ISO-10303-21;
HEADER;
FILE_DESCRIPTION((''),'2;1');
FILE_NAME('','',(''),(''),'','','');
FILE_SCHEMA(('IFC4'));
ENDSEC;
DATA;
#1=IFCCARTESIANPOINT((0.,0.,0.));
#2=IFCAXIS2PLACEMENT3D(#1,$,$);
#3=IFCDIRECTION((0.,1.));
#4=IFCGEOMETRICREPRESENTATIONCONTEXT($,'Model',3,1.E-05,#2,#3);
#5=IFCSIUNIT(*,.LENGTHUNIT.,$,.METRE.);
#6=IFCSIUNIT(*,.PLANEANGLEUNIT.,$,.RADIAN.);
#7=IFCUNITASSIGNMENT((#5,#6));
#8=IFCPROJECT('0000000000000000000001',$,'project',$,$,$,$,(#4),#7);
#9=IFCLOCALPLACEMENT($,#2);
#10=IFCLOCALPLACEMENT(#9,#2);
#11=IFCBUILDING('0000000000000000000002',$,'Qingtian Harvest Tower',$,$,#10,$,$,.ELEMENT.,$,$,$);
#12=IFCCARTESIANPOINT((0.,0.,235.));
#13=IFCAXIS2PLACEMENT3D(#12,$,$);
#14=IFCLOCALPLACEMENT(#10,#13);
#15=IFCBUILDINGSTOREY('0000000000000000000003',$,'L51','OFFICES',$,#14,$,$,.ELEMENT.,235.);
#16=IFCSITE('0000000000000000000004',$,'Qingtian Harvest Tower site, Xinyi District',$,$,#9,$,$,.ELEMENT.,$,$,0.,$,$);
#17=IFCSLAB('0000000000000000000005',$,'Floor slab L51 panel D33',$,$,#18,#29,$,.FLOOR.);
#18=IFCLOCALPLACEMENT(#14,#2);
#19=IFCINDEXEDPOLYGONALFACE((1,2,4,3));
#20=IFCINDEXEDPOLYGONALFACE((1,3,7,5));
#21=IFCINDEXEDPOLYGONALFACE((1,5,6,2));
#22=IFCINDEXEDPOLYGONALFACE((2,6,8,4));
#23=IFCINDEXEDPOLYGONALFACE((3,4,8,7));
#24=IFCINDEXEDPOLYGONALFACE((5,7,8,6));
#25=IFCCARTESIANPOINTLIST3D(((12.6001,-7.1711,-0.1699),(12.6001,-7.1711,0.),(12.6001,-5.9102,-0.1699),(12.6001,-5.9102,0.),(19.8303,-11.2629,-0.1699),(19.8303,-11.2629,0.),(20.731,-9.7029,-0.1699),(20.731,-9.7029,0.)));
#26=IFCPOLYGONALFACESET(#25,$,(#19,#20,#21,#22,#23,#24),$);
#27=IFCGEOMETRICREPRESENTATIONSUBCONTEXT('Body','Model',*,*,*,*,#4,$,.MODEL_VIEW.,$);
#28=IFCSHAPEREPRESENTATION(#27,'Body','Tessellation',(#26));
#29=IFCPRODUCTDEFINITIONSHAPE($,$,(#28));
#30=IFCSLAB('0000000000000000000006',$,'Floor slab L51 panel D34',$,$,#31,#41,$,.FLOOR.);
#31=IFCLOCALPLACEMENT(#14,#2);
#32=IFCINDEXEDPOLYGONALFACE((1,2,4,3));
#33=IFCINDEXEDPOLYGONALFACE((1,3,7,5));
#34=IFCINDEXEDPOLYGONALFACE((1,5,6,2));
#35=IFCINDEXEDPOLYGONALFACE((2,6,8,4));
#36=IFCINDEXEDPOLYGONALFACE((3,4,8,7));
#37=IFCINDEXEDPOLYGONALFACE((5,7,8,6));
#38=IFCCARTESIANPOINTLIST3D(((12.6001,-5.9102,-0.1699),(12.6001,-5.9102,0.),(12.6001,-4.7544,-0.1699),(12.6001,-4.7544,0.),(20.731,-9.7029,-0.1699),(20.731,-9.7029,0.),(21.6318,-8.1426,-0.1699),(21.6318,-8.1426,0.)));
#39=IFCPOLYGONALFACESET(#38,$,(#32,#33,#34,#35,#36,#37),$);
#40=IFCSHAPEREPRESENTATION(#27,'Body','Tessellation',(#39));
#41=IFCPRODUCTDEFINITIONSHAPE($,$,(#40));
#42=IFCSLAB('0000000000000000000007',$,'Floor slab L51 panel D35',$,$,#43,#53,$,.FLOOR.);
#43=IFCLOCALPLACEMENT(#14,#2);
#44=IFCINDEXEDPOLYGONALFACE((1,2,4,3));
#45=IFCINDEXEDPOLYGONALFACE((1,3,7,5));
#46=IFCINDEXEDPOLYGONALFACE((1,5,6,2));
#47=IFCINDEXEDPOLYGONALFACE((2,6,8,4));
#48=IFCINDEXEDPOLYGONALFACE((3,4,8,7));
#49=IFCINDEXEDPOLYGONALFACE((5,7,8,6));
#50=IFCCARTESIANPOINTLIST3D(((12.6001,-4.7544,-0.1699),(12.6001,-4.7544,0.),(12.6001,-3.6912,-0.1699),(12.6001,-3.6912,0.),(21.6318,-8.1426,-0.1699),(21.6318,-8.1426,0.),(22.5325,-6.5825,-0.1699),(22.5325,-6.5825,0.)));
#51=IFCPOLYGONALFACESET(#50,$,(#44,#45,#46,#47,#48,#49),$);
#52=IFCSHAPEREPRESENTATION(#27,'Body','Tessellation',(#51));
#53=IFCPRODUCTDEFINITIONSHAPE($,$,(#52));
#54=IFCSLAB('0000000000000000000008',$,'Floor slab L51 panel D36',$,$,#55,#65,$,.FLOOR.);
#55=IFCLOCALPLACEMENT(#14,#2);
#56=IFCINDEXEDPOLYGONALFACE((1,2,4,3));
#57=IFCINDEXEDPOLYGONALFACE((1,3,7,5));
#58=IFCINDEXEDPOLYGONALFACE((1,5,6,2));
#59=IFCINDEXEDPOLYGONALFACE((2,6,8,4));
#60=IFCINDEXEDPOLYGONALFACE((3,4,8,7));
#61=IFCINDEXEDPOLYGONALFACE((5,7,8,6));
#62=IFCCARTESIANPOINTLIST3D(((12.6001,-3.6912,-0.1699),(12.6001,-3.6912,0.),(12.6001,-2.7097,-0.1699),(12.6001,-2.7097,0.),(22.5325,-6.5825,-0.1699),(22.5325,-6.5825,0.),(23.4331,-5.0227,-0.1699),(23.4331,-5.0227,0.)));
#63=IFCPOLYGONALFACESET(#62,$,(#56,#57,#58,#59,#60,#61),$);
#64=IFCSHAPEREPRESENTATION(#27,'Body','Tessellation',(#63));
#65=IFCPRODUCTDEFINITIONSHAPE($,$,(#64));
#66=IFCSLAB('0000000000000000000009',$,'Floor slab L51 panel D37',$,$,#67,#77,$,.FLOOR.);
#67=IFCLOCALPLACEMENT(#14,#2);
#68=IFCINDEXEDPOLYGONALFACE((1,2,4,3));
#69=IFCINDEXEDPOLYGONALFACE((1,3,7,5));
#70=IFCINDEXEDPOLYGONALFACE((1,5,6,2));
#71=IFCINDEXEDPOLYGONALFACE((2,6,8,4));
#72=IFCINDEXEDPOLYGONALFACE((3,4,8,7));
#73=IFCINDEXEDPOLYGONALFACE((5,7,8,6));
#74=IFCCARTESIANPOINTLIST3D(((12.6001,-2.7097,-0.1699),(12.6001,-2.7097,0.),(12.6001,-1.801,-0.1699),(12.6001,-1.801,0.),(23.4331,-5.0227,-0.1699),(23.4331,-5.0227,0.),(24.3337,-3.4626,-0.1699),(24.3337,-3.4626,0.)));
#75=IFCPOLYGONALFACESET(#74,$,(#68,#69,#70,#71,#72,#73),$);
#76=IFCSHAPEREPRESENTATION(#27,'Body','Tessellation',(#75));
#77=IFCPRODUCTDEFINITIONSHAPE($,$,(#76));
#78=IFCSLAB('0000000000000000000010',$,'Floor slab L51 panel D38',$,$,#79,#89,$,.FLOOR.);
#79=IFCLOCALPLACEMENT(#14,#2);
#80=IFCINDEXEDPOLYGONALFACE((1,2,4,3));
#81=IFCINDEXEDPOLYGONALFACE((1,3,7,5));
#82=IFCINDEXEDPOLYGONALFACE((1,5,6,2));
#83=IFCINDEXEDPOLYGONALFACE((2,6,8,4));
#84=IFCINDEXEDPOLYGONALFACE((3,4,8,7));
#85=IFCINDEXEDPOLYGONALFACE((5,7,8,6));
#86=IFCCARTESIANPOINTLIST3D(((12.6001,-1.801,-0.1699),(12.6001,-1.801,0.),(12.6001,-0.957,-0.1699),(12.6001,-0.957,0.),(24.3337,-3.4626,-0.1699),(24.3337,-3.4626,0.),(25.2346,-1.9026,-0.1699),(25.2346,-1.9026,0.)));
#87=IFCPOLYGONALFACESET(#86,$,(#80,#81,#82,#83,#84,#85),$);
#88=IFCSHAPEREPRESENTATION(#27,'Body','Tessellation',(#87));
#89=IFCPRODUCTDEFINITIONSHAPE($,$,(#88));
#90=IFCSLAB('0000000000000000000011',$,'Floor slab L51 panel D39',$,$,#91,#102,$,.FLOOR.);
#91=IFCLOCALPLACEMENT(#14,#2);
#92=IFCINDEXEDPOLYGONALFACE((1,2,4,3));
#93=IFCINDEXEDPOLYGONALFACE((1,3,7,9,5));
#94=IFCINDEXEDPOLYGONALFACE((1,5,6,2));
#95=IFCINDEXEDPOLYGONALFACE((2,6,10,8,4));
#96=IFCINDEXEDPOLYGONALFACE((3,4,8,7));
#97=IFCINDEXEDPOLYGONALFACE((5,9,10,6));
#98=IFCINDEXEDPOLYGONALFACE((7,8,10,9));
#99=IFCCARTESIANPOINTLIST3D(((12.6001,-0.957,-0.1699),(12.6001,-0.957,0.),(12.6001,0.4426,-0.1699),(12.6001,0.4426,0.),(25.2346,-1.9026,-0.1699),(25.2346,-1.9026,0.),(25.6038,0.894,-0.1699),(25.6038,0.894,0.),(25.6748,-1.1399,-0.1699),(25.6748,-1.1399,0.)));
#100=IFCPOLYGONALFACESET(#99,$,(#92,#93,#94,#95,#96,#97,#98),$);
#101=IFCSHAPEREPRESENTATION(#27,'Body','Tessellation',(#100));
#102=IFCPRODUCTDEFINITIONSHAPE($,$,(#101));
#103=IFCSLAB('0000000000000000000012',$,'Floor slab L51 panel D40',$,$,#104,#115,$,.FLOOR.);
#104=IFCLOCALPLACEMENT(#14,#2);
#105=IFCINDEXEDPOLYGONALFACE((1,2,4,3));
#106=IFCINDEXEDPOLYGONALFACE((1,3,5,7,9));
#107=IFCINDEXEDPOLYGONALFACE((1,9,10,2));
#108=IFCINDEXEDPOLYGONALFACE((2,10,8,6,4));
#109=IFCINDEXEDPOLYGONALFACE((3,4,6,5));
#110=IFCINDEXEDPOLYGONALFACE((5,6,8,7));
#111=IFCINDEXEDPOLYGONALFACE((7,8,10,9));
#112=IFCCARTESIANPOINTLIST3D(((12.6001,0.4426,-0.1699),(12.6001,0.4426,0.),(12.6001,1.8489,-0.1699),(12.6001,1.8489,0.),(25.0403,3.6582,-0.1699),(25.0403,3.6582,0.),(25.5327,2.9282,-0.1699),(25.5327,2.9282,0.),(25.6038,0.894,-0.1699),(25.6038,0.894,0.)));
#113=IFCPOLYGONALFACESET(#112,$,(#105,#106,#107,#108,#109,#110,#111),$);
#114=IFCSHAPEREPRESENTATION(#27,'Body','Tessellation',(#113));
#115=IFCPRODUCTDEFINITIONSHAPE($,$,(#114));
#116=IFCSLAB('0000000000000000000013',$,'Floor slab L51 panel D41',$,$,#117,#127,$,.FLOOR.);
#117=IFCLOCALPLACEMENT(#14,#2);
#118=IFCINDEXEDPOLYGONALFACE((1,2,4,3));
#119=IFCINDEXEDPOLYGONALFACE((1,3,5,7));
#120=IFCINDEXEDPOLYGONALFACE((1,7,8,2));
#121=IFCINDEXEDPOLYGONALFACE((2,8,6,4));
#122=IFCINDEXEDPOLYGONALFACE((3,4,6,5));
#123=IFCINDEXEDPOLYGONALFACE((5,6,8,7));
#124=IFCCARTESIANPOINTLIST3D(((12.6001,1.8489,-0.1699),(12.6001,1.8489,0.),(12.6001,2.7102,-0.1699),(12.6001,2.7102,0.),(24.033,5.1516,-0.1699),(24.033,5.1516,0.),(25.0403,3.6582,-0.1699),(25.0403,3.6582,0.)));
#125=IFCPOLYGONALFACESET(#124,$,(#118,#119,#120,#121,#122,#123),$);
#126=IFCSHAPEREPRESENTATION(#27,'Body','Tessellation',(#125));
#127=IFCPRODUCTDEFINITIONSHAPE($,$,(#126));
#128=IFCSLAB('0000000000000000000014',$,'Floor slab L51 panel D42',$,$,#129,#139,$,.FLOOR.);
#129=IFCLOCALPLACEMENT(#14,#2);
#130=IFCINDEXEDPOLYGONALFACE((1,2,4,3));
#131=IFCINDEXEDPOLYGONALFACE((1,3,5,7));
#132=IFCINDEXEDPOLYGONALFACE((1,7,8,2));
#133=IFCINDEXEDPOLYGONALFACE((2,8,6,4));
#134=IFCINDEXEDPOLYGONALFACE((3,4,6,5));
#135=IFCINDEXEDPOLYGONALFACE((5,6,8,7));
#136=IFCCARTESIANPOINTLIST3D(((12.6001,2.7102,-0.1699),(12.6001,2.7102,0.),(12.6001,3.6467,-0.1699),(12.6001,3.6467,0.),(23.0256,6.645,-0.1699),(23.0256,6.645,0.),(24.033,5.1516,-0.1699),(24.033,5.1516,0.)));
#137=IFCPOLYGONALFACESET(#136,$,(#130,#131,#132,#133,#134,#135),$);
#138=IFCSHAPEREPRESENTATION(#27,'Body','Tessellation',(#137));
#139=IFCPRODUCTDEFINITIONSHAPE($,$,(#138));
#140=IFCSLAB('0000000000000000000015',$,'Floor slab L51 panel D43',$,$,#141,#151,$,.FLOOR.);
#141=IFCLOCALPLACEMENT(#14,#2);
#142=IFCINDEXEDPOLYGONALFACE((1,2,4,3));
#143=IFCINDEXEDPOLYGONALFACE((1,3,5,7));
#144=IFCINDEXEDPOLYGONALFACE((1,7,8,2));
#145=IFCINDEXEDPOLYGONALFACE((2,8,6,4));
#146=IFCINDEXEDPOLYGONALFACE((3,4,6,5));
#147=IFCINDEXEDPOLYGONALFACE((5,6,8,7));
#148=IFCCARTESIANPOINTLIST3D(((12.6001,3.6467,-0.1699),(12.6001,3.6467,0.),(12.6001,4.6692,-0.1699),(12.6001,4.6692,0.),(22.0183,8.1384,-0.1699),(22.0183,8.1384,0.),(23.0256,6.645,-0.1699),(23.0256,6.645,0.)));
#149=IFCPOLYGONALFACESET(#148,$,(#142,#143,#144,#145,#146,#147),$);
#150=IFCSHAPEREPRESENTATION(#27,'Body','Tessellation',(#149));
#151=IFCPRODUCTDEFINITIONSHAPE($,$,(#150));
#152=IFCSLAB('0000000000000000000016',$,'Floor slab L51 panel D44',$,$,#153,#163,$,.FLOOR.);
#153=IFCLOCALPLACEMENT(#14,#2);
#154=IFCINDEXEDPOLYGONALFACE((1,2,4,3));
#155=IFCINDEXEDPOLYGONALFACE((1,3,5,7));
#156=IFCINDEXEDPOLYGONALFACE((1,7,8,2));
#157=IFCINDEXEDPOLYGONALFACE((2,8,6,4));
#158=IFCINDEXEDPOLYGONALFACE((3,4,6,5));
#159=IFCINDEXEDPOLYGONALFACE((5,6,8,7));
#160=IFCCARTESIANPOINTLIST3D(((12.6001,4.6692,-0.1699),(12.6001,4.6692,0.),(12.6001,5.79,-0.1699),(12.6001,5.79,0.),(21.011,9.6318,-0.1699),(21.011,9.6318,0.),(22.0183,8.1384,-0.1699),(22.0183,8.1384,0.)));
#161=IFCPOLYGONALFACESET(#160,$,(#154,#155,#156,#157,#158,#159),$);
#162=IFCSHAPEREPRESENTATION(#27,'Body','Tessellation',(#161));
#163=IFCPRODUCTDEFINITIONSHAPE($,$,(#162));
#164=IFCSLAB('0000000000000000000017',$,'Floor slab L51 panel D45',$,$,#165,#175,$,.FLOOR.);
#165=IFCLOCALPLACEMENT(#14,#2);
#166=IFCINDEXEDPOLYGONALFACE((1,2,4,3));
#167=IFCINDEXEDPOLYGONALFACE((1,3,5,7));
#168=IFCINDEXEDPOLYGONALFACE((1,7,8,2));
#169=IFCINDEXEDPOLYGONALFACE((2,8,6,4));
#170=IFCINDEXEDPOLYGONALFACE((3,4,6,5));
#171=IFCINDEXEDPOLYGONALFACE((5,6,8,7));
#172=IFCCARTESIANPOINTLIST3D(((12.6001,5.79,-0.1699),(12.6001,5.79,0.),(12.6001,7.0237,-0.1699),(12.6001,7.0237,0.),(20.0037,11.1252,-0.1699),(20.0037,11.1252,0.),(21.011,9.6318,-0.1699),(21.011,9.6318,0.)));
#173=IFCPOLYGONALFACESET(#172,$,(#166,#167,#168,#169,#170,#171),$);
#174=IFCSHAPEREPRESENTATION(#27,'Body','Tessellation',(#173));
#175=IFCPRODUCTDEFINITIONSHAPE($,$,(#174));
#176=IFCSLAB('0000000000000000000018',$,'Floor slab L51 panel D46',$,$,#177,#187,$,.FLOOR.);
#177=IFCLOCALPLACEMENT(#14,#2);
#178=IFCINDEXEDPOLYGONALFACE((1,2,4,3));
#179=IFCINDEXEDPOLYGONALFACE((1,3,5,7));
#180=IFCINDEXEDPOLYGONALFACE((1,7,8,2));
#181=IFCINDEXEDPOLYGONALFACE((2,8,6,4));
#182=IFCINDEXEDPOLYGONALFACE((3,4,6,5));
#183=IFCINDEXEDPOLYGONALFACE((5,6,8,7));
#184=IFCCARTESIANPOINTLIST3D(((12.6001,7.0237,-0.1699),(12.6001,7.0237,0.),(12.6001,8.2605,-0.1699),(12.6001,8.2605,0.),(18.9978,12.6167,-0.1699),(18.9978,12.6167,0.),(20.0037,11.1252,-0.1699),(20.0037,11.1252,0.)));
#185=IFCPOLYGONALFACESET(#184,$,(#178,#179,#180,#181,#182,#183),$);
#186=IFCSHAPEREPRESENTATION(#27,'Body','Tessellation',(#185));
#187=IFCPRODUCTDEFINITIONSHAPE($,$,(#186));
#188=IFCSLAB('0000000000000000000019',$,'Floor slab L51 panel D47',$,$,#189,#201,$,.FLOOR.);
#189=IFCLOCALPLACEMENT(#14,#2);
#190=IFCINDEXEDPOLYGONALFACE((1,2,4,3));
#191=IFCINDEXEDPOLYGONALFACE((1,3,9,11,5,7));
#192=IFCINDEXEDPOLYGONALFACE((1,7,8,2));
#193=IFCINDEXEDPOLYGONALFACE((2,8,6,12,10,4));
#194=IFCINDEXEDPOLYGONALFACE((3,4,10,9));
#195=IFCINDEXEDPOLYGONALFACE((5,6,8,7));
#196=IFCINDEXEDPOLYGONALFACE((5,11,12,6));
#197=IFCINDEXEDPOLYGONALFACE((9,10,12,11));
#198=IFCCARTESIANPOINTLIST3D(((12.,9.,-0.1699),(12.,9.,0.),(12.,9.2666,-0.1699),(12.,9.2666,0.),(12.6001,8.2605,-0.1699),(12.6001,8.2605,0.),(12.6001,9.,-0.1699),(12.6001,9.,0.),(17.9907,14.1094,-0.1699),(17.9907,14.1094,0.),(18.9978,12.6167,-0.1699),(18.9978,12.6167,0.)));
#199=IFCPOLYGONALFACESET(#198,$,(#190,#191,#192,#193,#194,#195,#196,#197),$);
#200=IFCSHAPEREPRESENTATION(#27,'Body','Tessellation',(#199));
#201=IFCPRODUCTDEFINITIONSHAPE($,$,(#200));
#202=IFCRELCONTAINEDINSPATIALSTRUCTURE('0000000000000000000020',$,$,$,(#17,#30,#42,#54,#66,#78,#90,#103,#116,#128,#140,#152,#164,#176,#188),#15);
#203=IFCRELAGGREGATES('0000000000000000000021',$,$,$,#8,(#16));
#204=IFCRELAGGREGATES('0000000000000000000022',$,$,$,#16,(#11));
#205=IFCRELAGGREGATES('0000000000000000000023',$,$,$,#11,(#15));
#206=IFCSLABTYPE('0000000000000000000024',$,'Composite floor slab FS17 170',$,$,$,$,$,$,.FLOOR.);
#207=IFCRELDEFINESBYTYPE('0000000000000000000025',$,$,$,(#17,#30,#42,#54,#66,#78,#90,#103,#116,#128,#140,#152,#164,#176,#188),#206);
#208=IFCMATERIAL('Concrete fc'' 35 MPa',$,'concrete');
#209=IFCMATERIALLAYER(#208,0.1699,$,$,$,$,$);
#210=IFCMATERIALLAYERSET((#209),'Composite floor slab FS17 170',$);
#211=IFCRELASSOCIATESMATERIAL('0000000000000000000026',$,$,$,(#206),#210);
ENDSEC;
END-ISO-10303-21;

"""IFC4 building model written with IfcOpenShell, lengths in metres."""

from ifc_helpers import new_model, si_unit, direction, frame, origin, place, context, subcontext, project, spatial, polyline, outline, extrude, material, layer, layer_set, type_object, element, save


model = new_model("IFC4")

# Units and contexts
model_context = context("Model", 3, precision=1e-05, world=origin(), true_north=direction((0.0, 1.0)))
body_context = subcontext(model_context, "Body", "Model", "MODEL_VIEW")
ifc_project = project(units=[si_unit("LENGTHUNIT", "METRE"), si_unit("PLANEANGLEUNIT", "RADIAN")], contexts=[model_context])

# Site, building, storey
site_placement = place(None, origin())
site = spatial("IfcSite", under=ifc_project, at=site_placement, Name="Qingtian Harvest Tower site, Xinyi District", CompositionType="ELEMENT", RefElevation=0.0)
building_placement = place(site_placement, origin())
building = spatial("IfcBuilding", under=site, at=building_placement, Name="Qingtian Harvest Tower", CompositionType="ELEMENT")
storey_placement = place(building_placement, frame((0.0, 0.0, 235.0)))
storey = spatial("IfcBuildingStorey", under=building, at=storey_placement, Name="L51", Description="OFFICES", CompositionType="ELEMENT", Elevation=235.0)

# Slabs
ifc_material = material(Name="Concrete fc' 35 MPa", Category="concrete")
ifc_layer = layer(ifc_material, 0.1699)
ifc_layer_set = layer_set([ifc_layer], Name="Composite floor slab FS17 170")
slab_type = type_object("IfcSlabType", Name="Composite floor slab FS17 170", PredefinedType="FLOOR", material=ifc_layer_set)
slab_1_placement = place(storey_placement, frame((0.0, 0.0, -0.1699)))
element("IfcSlab", 1, at=slab_1_placement, inside=storey, type_object=slab_type, Name="Floor slab L51 panel D33", PredefinedType="FLOOR", context=body_context, shape_type="SweptSolid", body=[
    extrude(outline(polyline([(12.6001, -5.9102), (20.731, -9.7029), (19.8303, -11.2629), (12.6001, -7.1711), (12.6001, -5.9102)])), origin(), (0.0, 0.0, 1.0), 0.1699),
])
slab_2_placement = place(storey_placement, frame((0.0, 0.0, -0.1699)))
element("IfcSlab", 2, at=slab_2_placement, inside=storey, type_object=slab_type, Name="Floor slab L51 panel D34", PredefinedType="FLOOR", context=body_context, shape_type="SweptSolid", body=[
    extrude(outline(polyline([(12.6001, -4.7544), (21.6318, -8.1426), (20.731, -9.7029), (12.6001, -5.9102), (12.6001, -4.7544)])), origin(), (0.0, 0.0, 1.0), 0.1699),
])
slab_3_placement = place(storey_placement, frame((0.0, 0.0, -0.1699)))
element("IfcSlab", 3, at=slab_3_placement, inside=storey, type_object=slab_type, Name="Floor slab L51 panel D35", PredefinedType="FLOOR", context=body_context, shape_type="SweptSolid", body=[
    extrude(outline(polyline([(12.6001, -3.6912), (22.5325, -6.5825), (21.6318, -8.1426), (12.6001, -4.7544), (12.6001, -3.6912)])), origin(), (0.0, 0.0, 1.0), 0.1699),
])
slab_4_placement = place(storey_placement, frame((0.0, 0.0, -0.1699)))
element("IfcSlab", 4, at=slab_4_placement, inside=storey, type_object=slab_type, Name="Floor slab L51 panel D36", PredefinedType="FLOOR", context=body_context, shape_type="SweptSolid", body=[
    extrude(outline(polyline([(12.6001, -2.7097), (23.4331, -5.0227), (22.5325, -6.5825), (12.6001, -3.6912), (12.6001, -2.7097)])), origin(), (0.0, 0.0, 1.0), 0.1699),
])
slab_5_placement = place(storey_placement, frame((0.0, 0.0, -0.1699)))
element("IfcSlab", 5, at=slab_5_placement, inside=storey, type_object=slab_type, Name="Floor slab L51 panel D37", PredefinedType="FLOOR", context=body_context, shape_type="SweptSolid", body=[
    extrude(outline(polyline([(12.6001, -1.801), (24.3337, -3.4626), (23.4331, -5.0227), (12.6001, -2.7097), (12.6001, -1.801)])), origin(), (0.0, 0.0, 1.0), 0.1699),
])
slab_6_placement = place(storey_placement, frame((0.0, 0.0, -0.1699)))
element("IfcSlab", 6, at=slab_6_placement, inside=storey, type_object=slab_type, Name="Floor slab L51 panel D38", PredefinedType="FLOOR", context=body_context, shape_type="SweptSolid", body=[
    extrude(outline(polyline([(12.6001, -0.957), (25.2346, -1.9026), (24.3337, -3.4626), (12.6001, -1.801), (12.6001, -0.957)])), origin(), (0.0, 0.0, 1.0), 0.1699),
])
slab_7_placement = place(storey_placement, frame((0.0, 0.0, -0.1699)))
element("IfcSlab", 7, at=slab_7_placement, inside=storey, type_object=slab_type, Name="Floor slab L51 panel D39", PredefinedType="FLOOR", context=body_context, shape_type="SweptSolid", body=[
    extrude(outline(polyline([(12.6001, -0.957), (12.6001, 0.4426), (25.6038, 0.894), (25.6748, -1.1399), (25.2346, -1.9026), (12.6001, -0.957)])), origin(), (0.0, 0.0, 1.0), 0.1699),
])
slab_8_placement = place(storey_placement, frame((0.0, 0.0, -0.1699)))
element("IfcSlab", 8, at=slab_8_placement, inside=storey, type_object=slab_type, Name="Floor slab L51 panel D40", PredefinedType="FLOOR", context=body_context, shape_type="SweptSolid", body=[
    extrude(outline(polyline([(12.6001, 0.4426), (12.6001, 1.8489), (25.0403, 3.6582), (25.5327, 2.9282), (25.6038, 0.894), (12.6001, 0.4426)])), origin(), (0.0, 0.0, 1.0), 0.1699),
])
slab_9_placement = place(storey_placement, frame((0.0, 0.0, -0.1699)))
element("IfcSlab", 9, at=slab_9_placement, inside=storey, type_object=slab_type, Name="Floor slab L51 panel D41", PredefinedType="FLOOR", context=body_context, shape_type="SweptSolid", body=[
    extrude(outline(polyline([(12.6001, 2.7102), (24.033, 5.1516), (25.0403, 3.6582), (12.6001, 1.8489), (12.6001, 2.7102)])), origin(), (0.0, 0.0, 1.0), 0.1699),
])
slab_10_placement = place(storey_placement, frame((0.0, 0.0, -0.1699)))
element("IfcSlab", 10, at=slab_10_placement, inside=storey, type_object=slab_type, Name="Floor slab L51 panel D42", PredefinedType="FLOOR", context=body_context, shape_type="SweptSolid", body=[
    extrude(outline(polyline([(12.6001, 3.6467), (23.0256, 6.645), (24.033, 5.1516), (12.6001, 2.7102), (12.6001, 3.6467)])), origin(), (0.0, 0.0, 1.0), 0.1699),
])
slab_11_placement = place(storey_placement, frame((0.0, 0.0, -0.1699)))
element("IfcSlab", 11, at=slab_11_placement, inside=storey, type_object=slab_type, Name="Floor slab L51 panel D43", PredefinedType="FLOOR", context=body_context, shape_type="SweptSolid", body=[
    extrude(outline(polyline([(12.6001, 4.6692), (22.0183, 8.1384), (23.0256, 6.645), (12.6001, 3.6467), (12.6001, 4.6692)])), origin(), (0.0, 0.0, 1.0), 0.1699),
])
slab_12_placement = place(storey_placement, frame((0.0, 0.0, -0.1699)))
element("IfcSlab", 12, at=slab_12_placement, inside=storey, type_object=slab_type, Name="Floor slab L51 panel D44", PredefinedType="FLOOR", context=body_context, shape_type="SweptSolid", body=[
    extrude(outline(polyline([(12.6001, 5.79), (21.011, 9.6318), (22.0183, 8.1384), (12.6001, 4.6692), (12.6001, 5.79)])), origin(), (0.0, 0.0, 1.0), 0.1699),
])
slab_13_placement = place(storey_placement, frame((0.0, 0.0, -0.1699)))
element("IfcSlab", 13, at=slab_13_placement, inside=storey, type_object=slab_type, Name="Floor slab L51 panel D45", PredefinedType="FLOOR", context=body_context, shape_type="SweptSolid", body=[
    extrude(outline(polyline([(12.6001, 7.0237), (20.0037, 11.1252), (21.011, 9.6318), (12.6001, 5.79), (12.6001, 7.0237)])), origin(), (0.0, 0.0, 1.0), 0.1699),
])
slab_14_placement = place(storey_placement, frame((0.0, 0.0, -0.1699)))
element("IfcSlab", 14, at=slab_14_placement, inside=storey, type_object=slab_type, Name="Floor slab L51 panel D46", PredefinedType="FLOOR", context=body_context, shape_type="SweptSolid", body=[
    extrude(outline(polyline([(12.6001, 8.2605), (18.9978, 12.6167), (20.0037, 11.1252), (12.6001, 7.0237), (12.6001, 8.2605)])), origin(), (0.0, 0.0, 1.0), 0.1699),
])
slab_15_placement = place(storey_placement, frame((0.0, 0.0, -0.1699)))
element("IfcSlab", 15, at=slab_15_placement, inside=storey, type_object=slab_type, Name="Floor slab L51 panel D47", PredefinedType="FLOOR", context=body_context, shape_type="SweptSolid", body=[
    extrude(outline(polyline([(12.6001, 9.0), (12.0, 9.0), (12.0, 9.2666), (17.9907, 14.1094), (18.9978, 12.6167), (12.6001, 8.2605), (12.6001, 9.0)])), origin(), (0.0, 0.0, 1.0), 0.1699),
])

save(model, "model.ifc")
